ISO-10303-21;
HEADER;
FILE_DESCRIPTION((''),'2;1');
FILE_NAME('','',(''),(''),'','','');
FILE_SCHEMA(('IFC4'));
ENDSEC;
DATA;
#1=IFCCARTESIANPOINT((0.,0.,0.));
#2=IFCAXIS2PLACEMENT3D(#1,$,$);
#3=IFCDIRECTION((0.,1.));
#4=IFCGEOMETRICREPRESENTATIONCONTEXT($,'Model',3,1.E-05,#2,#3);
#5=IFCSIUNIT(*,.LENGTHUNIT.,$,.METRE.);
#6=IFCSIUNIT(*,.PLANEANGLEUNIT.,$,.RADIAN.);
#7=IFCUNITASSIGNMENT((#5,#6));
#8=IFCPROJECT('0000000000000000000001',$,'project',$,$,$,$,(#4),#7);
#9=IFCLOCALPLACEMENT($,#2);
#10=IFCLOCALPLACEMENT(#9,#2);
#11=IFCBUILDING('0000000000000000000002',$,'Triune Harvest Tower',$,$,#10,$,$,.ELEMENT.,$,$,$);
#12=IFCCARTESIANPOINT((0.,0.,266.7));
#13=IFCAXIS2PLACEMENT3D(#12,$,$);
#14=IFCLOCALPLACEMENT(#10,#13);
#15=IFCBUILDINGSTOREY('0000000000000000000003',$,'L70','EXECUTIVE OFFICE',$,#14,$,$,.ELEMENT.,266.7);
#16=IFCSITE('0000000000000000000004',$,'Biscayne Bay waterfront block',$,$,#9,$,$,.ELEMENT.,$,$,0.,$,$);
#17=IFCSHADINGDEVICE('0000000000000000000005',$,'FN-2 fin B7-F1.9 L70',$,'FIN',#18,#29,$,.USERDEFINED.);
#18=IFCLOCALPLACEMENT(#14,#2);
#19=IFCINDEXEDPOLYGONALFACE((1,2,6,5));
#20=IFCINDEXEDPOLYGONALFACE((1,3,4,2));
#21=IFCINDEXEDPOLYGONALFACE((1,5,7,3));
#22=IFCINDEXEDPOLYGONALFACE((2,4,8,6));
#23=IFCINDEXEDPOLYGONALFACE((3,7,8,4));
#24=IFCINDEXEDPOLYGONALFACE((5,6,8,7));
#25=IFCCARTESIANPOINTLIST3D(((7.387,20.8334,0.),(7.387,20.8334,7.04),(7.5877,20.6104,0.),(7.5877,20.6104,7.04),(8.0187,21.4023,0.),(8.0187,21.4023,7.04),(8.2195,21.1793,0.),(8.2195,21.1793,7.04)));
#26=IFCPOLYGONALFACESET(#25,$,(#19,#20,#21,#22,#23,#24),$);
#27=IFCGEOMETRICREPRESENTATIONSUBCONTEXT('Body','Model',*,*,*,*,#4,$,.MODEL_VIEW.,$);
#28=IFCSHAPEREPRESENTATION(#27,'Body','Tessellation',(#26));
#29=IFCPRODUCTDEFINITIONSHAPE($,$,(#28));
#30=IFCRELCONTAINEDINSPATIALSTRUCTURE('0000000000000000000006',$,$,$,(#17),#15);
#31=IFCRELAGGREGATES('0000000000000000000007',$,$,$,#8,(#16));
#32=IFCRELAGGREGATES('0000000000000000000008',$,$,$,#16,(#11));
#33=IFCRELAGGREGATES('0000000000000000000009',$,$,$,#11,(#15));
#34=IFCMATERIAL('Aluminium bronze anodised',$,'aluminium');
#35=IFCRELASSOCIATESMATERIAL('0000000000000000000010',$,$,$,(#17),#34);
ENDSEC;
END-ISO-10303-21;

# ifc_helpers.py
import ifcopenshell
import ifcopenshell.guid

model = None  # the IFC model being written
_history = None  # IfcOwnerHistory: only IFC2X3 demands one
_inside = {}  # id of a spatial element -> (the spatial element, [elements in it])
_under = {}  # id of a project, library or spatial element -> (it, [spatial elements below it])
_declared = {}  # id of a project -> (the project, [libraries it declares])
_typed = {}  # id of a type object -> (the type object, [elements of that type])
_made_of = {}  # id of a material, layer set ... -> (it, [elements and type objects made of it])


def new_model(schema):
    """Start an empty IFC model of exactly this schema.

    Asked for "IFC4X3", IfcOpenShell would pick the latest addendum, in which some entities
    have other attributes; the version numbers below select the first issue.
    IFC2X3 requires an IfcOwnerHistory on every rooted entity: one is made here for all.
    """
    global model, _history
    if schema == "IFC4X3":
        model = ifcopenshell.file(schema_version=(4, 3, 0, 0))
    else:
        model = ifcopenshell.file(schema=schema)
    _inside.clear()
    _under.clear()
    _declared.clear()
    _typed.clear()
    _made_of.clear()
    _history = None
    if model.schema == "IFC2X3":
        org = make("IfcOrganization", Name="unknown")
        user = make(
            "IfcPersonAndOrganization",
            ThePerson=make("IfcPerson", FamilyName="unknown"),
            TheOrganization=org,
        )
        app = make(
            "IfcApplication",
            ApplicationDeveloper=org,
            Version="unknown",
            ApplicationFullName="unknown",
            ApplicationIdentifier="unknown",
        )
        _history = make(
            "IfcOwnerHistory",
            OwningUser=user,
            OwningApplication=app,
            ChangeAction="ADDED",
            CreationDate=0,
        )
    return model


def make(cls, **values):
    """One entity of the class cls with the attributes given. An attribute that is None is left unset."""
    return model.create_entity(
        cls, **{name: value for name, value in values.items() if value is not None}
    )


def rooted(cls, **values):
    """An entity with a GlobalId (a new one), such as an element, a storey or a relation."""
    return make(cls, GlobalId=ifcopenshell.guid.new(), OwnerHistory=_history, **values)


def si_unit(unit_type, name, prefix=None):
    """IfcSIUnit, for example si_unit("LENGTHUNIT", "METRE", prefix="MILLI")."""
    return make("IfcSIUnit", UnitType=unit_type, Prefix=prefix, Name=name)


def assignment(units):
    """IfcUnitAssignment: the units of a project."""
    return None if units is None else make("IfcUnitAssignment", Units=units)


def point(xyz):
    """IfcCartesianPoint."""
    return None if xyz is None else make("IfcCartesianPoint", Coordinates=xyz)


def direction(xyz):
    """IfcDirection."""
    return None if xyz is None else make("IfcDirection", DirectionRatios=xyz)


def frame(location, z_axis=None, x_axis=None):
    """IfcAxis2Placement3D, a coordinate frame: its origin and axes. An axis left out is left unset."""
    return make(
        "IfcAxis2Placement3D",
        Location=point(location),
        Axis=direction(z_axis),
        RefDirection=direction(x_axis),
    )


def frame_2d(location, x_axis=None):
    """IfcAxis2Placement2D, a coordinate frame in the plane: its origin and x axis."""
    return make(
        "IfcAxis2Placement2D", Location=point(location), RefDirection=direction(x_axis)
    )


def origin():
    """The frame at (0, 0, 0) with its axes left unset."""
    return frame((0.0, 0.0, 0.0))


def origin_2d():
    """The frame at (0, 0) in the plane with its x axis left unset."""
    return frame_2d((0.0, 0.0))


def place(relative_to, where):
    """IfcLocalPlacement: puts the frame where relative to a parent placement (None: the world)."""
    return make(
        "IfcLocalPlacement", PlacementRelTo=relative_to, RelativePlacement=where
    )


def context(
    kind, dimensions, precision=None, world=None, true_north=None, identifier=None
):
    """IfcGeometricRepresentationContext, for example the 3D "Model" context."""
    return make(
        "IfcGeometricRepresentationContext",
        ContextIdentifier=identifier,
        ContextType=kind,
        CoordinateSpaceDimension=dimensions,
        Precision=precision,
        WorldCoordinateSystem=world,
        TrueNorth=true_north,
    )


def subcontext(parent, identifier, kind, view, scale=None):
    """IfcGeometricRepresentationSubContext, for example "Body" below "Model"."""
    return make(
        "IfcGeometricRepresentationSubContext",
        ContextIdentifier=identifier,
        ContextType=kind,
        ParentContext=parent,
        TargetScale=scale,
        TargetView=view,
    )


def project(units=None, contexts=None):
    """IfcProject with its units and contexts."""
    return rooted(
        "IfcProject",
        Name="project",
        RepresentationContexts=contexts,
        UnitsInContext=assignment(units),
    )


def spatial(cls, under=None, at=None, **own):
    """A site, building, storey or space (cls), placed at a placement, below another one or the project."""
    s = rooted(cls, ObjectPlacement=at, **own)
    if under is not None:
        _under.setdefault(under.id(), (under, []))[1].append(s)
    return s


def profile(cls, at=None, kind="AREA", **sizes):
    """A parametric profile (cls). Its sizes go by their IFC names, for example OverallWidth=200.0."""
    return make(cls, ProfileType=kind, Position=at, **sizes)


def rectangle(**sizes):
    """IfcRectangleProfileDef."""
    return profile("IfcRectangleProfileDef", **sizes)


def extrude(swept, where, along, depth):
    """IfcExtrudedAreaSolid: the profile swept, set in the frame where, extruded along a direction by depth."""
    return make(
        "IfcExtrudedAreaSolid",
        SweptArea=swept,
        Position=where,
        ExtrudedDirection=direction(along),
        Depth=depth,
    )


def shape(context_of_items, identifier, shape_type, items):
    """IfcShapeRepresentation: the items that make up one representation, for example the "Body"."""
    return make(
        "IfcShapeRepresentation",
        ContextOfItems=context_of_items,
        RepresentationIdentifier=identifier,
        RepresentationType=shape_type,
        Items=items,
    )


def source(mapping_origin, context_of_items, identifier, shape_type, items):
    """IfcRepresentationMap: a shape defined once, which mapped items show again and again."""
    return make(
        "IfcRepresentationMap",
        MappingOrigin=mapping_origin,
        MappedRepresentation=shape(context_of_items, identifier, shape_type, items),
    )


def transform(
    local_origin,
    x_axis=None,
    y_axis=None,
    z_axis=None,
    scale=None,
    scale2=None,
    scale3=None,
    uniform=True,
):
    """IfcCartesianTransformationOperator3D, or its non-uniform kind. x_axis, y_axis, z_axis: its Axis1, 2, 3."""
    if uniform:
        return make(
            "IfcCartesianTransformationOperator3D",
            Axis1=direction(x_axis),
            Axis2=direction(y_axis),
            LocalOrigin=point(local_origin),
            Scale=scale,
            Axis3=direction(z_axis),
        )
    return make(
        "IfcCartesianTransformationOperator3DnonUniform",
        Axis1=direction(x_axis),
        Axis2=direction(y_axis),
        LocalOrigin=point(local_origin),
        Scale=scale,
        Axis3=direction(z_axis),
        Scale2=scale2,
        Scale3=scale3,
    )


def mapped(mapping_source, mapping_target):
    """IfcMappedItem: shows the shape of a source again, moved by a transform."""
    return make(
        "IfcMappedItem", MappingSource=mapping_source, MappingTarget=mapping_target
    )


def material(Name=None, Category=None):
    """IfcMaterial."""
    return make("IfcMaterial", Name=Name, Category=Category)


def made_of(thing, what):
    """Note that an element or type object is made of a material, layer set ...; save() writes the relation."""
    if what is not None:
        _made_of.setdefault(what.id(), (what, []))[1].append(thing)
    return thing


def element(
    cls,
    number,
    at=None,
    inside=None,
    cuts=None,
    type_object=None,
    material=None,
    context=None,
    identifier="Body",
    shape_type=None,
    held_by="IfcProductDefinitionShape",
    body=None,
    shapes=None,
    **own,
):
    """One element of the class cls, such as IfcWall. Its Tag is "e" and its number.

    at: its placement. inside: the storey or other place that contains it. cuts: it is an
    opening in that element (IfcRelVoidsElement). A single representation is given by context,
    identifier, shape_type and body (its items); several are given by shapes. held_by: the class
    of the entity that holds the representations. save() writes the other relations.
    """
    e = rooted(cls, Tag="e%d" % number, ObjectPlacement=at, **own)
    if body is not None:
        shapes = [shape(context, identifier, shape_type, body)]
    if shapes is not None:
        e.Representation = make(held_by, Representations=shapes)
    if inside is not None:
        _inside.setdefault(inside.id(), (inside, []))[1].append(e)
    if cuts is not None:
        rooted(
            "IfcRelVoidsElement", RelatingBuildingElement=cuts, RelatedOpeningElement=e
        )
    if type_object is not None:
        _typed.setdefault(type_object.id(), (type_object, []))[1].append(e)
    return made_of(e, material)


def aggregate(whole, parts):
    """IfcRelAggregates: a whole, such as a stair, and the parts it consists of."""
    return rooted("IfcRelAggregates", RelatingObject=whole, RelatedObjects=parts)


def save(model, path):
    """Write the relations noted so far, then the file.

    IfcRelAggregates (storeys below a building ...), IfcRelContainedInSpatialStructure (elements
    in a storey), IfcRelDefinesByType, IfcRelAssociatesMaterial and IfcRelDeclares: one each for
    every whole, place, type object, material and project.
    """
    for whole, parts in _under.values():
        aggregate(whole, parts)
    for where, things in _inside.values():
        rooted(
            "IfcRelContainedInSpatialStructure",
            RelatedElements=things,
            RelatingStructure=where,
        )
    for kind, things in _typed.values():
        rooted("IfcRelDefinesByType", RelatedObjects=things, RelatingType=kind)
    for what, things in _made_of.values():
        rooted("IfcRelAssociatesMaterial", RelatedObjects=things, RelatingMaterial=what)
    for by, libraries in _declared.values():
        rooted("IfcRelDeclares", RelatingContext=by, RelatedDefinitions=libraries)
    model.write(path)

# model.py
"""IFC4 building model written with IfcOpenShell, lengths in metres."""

from ifc_helpers import new_model, si_unit, direction, frame, origin, origin_2d, place, context, subcontext, project, spatial, rectangle, extrude, source, transform, mapped, material, element, save


model = new_model("IFC4")

# Units and contexts
model_context = context("Model", 3, precision=1e-05, world=origin(), true_north=direction((0.0, 1.0)))
body_context = subcontext(model_context, "Body", "Model", "MODEL_VIEW")
ifc_project = project(units=[si_unit("LENGTHUNIT", "METRE"), si_unit("PLANEANGLEUNIT", "RADIAN")], contexts=[model_context])

# Site, building, storey
site_placement = place(None, origin())
site = spatial("IfcSite", under=ifc_project, at=site_placement, Name="Biscayne Bay waterfront block", CompositionType="ELEMENT", RefElevation=0.0)
building_placement = place(site_placement, origin())
building = spatial("IfcBuilding", under=site, at=building_placement, Name="Triune Harvest Tower", CompositionType="ELEMENT")
storey_placement = place(building_placement, frame((0.0, 0.0, 266.7)))
storey = spatial("IfcBuildingStorey", under=building, at=storey_placement, Name="L70", Description="EXECUTIVE OFFICE", CompositionType="ELEMENT", Elevation=266.7)

# Shading device
ifc_material_1 = material(Name="Aluminium bronze anodised", Category="aluminium")
shared_shape_1 = source(origin(), body_context, "Body", "SweptSolid", [
    extrude(rectangle(XDim=0.3, YDim=0.8501, at=origin_2d()), origin(), (0.0, 0.0, 1.0), 7.04),
])
shading_device_1_placement = place(storey_placement, frame((7.8032, 21.0063, 0.0), z_axis=(0.0, 0.0, 1.0), x_axis=(-0.669131, 0.743144, 0.0)))
element("IfcShadingDevice", 1, at=shading_device_1_placement, inside=storey, material=ifc_material_1, Name="FN-2 fin B7-F1.9 L70", ObjectType="FIN", PredefinedType="USERDEFINED", context=body_context, shape_type="MappedRepresentation", body=[
    mapped(shared_shape_1, transform((0.0, 0.0, 0.0), scale=1.0)),
])

save(model, "model.ifc")
